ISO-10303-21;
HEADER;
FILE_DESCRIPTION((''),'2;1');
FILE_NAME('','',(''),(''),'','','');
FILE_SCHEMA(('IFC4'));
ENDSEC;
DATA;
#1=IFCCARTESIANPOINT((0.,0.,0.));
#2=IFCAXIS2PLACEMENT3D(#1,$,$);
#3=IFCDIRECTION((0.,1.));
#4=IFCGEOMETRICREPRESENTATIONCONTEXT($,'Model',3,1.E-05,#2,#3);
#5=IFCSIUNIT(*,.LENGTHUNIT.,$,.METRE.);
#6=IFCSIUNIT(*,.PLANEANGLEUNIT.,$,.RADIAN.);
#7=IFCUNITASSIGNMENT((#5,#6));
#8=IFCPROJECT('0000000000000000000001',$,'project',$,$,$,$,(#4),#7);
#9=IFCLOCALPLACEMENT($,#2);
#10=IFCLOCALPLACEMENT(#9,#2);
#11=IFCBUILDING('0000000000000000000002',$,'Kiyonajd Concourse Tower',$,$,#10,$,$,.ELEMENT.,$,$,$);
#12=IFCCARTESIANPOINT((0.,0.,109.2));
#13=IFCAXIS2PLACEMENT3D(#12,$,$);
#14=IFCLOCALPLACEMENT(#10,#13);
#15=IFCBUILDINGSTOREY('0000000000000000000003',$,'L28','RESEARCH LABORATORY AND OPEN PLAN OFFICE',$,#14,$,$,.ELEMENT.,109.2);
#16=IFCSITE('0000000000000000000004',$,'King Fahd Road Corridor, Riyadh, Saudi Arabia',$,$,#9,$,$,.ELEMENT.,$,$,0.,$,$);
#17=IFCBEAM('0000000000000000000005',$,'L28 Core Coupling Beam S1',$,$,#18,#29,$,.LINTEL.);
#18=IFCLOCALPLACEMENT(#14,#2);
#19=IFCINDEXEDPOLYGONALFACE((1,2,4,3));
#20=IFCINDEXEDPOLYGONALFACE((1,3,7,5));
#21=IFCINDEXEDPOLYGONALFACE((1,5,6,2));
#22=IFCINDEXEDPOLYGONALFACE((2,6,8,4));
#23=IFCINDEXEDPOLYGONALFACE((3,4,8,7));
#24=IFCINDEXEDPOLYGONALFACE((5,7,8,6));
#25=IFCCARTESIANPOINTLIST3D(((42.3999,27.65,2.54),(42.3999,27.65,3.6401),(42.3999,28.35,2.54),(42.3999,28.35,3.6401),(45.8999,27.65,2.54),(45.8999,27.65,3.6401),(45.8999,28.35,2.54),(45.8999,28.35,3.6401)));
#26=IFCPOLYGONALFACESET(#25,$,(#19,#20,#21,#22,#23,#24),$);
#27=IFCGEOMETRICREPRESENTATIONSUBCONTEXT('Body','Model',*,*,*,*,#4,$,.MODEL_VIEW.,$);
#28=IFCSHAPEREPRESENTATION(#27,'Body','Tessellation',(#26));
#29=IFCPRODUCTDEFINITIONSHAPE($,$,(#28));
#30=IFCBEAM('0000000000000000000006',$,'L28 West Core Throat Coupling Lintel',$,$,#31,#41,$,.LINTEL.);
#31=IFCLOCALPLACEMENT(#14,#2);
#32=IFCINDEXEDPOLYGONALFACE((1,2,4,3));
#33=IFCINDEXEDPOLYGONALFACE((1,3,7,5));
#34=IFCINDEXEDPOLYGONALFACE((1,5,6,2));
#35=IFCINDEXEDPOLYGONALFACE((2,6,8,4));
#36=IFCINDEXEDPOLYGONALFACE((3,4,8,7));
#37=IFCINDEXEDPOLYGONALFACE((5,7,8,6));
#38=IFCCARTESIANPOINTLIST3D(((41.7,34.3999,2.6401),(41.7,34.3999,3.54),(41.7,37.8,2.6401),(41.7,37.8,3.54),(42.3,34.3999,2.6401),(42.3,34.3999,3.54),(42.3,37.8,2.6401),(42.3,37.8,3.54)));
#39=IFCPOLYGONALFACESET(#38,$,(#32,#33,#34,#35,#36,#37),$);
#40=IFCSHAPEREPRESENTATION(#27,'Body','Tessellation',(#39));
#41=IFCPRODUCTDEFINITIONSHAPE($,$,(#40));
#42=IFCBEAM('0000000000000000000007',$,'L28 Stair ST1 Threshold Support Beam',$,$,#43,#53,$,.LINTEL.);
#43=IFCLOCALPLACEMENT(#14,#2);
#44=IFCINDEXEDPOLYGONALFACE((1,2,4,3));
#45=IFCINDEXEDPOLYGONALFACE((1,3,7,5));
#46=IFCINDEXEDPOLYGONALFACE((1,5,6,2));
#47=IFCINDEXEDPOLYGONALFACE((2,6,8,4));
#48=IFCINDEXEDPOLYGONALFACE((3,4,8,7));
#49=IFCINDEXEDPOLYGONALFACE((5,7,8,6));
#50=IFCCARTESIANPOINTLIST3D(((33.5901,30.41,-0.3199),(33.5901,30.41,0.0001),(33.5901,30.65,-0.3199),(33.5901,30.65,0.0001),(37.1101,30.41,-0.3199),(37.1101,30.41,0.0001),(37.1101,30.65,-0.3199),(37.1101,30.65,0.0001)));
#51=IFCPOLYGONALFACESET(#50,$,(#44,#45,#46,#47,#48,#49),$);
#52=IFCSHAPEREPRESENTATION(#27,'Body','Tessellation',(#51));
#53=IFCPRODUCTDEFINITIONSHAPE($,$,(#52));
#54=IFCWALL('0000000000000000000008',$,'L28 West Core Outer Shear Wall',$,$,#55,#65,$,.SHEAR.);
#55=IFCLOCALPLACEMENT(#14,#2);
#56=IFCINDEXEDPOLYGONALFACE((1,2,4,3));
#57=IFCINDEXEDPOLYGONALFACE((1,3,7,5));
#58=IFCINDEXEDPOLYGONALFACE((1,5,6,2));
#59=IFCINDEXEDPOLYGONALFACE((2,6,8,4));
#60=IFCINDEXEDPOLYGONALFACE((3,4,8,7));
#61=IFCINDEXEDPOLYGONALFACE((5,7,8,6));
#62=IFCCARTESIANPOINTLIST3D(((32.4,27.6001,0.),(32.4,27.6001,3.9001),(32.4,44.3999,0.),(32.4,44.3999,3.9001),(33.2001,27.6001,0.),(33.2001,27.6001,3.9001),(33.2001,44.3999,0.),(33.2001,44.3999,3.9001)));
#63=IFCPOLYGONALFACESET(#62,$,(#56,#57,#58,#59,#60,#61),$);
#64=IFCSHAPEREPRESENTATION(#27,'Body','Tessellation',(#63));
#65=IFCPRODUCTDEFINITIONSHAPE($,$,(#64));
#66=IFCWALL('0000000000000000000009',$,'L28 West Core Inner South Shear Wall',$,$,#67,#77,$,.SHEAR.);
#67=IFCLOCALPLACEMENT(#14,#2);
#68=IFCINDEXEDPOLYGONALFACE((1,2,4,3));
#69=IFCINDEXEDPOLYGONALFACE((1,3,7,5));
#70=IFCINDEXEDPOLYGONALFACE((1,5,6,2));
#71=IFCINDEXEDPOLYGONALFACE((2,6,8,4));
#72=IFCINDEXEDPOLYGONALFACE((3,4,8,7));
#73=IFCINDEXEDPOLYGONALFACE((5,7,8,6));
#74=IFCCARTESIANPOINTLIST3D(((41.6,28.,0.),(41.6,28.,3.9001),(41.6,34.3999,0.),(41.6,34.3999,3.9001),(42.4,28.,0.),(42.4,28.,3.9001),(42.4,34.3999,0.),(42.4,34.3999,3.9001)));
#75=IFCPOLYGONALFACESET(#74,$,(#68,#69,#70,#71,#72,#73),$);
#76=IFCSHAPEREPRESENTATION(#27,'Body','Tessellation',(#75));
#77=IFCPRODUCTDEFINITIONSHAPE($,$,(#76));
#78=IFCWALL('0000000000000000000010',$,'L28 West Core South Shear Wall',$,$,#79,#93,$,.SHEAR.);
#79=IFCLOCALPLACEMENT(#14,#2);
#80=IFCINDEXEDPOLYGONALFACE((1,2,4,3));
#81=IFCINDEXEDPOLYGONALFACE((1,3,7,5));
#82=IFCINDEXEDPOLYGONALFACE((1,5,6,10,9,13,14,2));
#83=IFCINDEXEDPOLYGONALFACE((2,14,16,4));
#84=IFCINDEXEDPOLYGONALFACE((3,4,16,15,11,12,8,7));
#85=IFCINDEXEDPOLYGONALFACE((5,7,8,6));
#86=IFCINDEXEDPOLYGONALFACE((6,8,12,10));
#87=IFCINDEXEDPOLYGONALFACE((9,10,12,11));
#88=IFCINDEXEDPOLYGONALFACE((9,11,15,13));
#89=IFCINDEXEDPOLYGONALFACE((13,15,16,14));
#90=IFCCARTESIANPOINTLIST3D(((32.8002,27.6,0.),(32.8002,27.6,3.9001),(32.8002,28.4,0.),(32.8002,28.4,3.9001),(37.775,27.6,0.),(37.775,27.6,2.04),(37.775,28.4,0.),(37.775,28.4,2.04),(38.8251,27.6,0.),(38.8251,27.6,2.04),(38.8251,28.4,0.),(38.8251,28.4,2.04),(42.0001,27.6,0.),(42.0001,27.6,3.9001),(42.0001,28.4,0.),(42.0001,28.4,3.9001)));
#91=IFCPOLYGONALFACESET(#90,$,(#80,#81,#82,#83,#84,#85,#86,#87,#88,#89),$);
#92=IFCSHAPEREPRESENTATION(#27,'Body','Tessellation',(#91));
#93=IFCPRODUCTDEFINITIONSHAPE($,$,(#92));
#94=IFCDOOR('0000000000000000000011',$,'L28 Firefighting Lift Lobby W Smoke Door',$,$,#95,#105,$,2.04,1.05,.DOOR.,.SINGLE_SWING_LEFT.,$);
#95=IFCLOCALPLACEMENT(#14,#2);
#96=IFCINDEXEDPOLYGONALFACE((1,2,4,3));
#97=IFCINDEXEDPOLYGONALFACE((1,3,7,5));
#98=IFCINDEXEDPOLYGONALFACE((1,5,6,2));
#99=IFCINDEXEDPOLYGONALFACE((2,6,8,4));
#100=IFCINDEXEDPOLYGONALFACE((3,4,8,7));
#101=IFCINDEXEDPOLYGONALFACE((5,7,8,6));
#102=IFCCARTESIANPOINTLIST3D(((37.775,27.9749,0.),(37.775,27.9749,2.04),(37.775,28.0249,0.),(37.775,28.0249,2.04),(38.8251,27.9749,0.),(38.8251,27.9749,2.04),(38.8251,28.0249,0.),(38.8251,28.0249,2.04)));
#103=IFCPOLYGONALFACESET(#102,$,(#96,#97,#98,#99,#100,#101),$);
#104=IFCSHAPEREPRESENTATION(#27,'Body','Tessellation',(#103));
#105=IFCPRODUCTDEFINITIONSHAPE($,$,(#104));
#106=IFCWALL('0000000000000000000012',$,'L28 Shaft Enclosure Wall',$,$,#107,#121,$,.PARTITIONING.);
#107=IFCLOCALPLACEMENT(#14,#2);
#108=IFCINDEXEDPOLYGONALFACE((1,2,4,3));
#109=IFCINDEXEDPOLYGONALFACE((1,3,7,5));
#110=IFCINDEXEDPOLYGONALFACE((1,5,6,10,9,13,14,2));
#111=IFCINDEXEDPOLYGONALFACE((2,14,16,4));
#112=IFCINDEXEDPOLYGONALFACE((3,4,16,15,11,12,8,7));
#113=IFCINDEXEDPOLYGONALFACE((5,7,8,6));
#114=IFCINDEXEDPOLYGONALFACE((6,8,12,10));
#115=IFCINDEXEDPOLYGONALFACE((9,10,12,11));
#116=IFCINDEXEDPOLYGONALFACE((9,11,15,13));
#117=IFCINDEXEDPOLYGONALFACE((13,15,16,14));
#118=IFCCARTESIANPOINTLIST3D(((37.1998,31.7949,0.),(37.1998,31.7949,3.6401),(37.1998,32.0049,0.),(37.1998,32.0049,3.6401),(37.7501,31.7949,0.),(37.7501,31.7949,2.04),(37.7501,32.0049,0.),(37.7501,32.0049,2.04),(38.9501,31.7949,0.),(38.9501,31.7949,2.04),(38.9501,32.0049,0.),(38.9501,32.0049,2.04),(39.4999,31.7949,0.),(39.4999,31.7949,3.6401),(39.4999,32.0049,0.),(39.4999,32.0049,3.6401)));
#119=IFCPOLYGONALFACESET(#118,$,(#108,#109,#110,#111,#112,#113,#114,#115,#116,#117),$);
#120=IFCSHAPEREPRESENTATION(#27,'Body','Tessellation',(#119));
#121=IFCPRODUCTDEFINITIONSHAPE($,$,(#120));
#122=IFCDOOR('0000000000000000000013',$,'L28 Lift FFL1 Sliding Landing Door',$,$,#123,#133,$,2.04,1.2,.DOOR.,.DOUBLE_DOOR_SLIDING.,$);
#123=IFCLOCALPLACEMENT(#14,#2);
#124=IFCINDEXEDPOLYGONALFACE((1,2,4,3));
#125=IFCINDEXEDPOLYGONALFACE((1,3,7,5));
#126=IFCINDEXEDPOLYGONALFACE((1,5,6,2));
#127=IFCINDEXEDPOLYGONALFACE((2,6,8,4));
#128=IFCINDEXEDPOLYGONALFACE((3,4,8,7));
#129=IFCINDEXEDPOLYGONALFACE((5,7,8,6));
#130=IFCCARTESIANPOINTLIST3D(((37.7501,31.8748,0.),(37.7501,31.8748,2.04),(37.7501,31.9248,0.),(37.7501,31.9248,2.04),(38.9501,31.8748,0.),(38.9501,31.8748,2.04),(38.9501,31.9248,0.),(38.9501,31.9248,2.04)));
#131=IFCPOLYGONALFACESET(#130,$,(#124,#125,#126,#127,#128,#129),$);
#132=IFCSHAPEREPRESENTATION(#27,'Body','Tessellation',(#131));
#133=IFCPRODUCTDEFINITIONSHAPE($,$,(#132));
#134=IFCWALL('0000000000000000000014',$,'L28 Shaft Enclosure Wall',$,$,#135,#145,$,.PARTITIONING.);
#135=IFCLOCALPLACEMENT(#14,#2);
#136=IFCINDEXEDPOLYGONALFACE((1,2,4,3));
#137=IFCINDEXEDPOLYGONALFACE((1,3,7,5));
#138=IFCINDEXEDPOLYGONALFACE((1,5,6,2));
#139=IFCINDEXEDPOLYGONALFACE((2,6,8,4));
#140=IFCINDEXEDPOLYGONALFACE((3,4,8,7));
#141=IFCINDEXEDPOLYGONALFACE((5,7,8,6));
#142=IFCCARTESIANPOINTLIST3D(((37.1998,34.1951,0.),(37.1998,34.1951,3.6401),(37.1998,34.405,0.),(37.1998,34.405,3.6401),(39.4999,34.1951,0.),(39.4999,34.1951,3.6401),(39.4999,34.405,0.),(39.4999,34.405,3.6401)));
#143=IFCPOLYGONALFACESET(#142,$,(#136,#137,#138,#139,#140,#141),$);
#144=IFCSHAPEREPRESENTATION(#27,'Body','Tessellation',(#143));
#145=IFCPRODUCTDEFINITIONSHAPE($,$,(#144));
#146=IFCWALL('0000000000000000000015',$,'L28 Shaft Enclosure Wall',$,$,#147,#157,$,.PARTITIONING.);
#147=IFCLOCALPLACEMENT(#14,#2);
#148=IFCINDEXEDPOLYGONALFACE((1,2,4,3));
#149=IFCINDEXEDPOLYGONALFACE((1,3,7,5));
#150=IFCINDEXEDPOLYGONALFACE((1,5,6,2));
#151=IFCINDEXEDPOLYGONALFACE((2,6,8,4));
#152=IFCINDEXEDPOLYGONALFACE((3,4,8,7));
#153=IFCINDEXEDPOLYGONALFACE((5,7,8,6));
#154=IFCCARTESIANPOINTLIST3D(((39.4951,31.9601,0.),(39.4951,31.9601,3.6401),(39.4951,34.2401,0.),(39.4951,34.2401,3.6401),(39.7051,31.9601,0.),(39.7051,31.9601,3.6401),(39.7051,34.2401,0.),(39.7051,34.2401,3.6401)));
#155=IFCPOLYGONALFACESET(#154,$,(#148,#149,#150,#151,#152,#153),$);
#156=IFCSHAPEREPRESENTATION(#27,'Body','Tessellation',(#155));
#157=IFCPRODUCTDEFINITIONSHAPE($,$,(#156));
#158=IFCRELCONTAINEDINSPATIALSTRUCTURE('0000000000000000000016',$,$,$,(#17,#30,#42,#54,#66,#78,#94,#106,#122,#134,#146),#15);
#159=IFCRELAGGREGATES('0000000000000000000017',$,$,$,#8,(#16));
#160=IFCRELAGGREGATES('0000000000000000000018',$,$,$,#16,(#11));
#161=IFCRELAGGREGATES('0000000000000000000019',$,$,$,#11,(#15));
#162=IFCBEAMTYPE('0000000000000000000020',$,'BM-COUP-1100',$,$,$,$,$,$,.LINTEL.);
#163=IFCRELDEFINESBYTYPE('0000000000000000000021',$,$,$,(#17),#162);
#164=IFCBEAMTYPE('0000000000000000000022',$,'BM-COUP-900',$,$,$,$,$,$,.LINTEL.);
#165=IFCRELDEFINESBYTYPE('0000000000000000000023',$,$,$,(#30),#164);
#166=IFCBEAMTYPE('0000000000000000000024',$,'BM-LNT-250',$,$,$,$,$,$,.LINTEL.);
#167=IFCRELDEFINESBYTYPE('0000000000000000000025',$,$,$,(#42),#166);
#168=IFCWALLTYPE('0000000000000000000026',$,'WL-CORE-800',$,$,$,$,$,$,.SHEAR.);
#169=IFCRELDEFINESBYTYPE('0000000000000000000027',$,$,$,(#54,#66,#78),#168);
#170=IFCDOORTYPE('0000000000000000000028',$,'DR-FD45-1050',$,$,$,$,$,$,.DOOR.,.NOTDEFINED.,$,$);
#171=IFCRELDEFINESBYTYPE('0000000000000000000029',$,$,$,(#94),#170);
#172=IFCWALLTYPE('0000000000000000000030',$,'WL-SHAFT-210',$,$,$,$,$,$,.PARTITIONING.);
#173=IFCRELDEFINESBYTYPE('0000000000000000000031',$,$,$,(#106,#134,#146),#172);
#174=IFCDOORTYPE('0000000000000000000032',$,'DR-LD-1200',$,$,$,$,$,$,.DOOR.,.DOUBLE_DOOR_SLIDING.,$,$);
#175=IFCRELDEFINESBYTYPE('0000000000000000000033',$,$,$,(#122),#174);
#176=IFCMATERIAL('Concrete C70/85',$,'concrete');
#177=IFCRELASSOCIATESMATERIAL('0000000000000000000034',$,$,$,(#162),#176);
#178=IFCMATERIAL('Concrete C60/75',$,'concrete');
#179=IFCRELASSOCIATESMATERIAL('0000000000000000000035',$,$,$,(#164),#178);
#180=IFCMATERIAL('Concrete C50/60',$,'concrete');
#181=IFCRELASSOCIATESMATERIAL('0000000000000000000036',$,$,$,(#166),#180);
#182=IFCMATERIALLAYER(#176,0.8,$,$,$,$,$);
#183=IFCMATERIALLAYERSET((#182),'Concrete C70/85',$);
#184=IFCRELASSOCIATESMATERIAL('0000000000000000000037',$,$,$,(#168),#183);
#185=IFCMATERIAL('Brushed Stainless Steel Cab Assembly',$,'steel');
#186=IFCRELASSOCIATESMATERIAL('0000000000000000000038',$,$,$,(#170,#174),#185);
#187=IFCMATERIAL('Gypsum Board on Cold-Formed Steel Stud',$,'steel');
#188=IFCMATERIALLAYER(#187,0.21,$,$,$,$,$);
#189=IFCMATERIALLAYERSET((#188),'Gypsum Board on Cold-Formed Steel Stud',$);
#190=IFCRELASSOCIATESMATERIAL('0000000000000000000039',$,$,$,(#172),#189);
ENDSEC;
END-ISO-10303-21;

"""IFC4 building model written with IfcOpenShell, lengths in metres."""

from ifc_helpers import new_model, si_unit, direction, frame, frame_2d, origin, origin_2d, place, context, subcontext, project, spatial, rectangle, extrude, material, layer, layer_set, material_profile, profile_set, type_object, element, fill, save


model = new_model("IFC4")

# Units and contexts
model_context = context("Model", 3, precision=1e-05, world=origin(), true_north=direction((0.0, 1.0)))
body_context = subcontext(model_context, "Body", "Model", "MODEL_VIEW")
ifc_project = project(units=[si_unit("LENGTHUNIT", "METRE"), si_unit("PLANEANGLEUNIT", "RADIAN")], contexts=[model_context])

# Site, building, storey
site_placement = place(None, origin())
site = spatial("IfcSite", under=ifc_project, at=site_placement, Name="King Fahd Road Corridor, Riyadh, Saudi Arabia", CompositionType="ELEMENT", RefElevation=0.0)
building_placement = place(site_placement, origin())
building = spatial("IfcBuilding", under=site, at=building_placement, Name="Kiyonajd Concourse Tower", CompositionType="ELEMENT")
storey_placement = place(building_placement, frame((0.0, 0.0, 109.2)))
storey = spatial("IfcBuildingStorey", under=building, at=storey_placement, Name="L28", Description="RESEARCH LABORATORY AND OPEN PLAN OFFICE", CompositionType="ELEMENT", Elevation=109.2)

# Beams
ifc_material_1 = material(Name="Concrete C70/85", Category="concrete")
ifc_material_profile_1 = material_profile(ifc_material_1, rectangle(XDim=0.7, YDim=1.1001, at=origin_2d()), Name="RCBM-700x1100")
ifc_profile_set_1 = profile_set([ifc_material_profile_1], Name="Concrete C70/85")
beam_type_1 = type_object("IfcBeamType", Name="BM-COUP-1100", PredefinedType="LINTEL", material=ifc_profile_set_1)
beam_1_placement = place(storey_placement, frame((42.3999, 28.0, 3.0901), z_axis=(1.0, 0.0, 0.0), x_axis=(0.0, 1.0, 0.0)))
element("IfcBeam", 1, at=beam_1_placement, inside=storey, type_object=beam_type_1, Name="L28 Core Coupling Beam S1", PredefinedType="LINTEL", context=body_context, shape_type="SweptSolid", body=[
    extrude(rectangle(XDim=0.7, YDim=1.1001, at=origin_2d()), origin(), (0.0, 0.0, 1.0), 3.5),
])
ifc_material_2 = material(Name="Concrete C60/75", Category="concrete")
ifc_material_profile_2 = material_profile(ifc_material_2, rectangle(XDim=0.6001, YDim=0.8999, at=origin_2d()), Name="RCBM-600x900")
ifc_profile_set_2 = profile_set([ifc_material_profile_2], Name="Concrete C60/75")
beam_type_2 = type_object("IfcBeamType", Name="BM-COUP-900", PredefinedType="LINTEL", material=ifc_profile_set_2)
beam_2_placement = place(storey_placement, frame((42.0, 34.3999, 3.0901), z_axis=(0.0, 1.0, 0.0), x_axis=(-1.0, 0.0, 0.0)))
element("IfcBeam", 2, at=beam_2_placement, inside=storey, type_object=beam_type_2, Name="L28 West Core Throat Coupling Lintel", PredefinedType="LINTEL", context=body_context, shape_type="SweptSolid", body=[
    extrude(rectangle(XDim=0.6001, YDim=0.8999, at=origin_2d()), origin(), (0.0, 0.0, 1.0), 3.4001),
])
ifc_material_3 = material(Name="Concrete C50/60", Category="concrete")
ifc_material_profile_3 = material_profile(ifc_material_3, rectangle(XDim=0.24, YDim=0.3201, at=origin_2d()), Name="RCBM-240x320")
ifc_profile_set_3 = profile_set([ifc_material_profile_3], Name="Concrete C50/60")
beam_type_3 = type_object("IfcBeamType", Name="BM-LNT-250", PredefinedType="LINTEL", material=ifc_profile_set_3)
beam_3_placement = place(storey_placement, frame((33.5901, 30.53, -0.1599), z_axis=(1.0, 0.0, 0.0), x_axis=(0.0, 1.0, 0.0)))
element("IfcBeam", 3, at=beam_3_placement, inside=storey, type_object=beam_type_3, Name="L28 Stair ST1 Threshold Support Beam", PredefinedType="LINTEL", context=body_context, shape_type="SweptSolid", body=[
    extrude(rectangle(XDim=0.24, YDim=0.3201, at=origin_2d()), origin(), (0.0, 0.0, 1.0), 3.52),
])

# Walls
ifc_layer_1 = layer(ifc_material_1, 0.8)
ifc_layer_set_1 = layer_set([ifc_layer_1], Name="Concrete C70/85")
wall_type_1 = type_object("IfcWallType", Name="WL-CORE-800", PredefinedType="SHEAR", material=ifc_layer_set_1)
wall_1_placement = place(storey_placement, frame((32.8, 27.6001, 0.0), z_axis=(0.0, 0.0, 1.0), x_axis=(0.0, 1.0, 0.0)))
element("IfcWall", 4, at=wall_1_placement, inside=storey, type_object=wall_type_1, Name="L28 West Core Outer Shear Wall", PredefinedType="SHEAR", context=body_context, shape_type="SweptSolid", body=[
    extrude(rectangle(XDim=16.7998, YDim=0.8, at=frame_2d((8.3999, 0.0))), origin(), (0.0, 0.0, 1.0), 3.9001),
])
wall_2_placement = place(storey_placement, frame((42.0, 28.0, 0.0), z_axis=(0.0, 0.0, 1.0), x_axis=(0.0, 1.0, 0.0)))
element("IfcWall", 5, at=wall_2_placement, inside=storey, type_object=wall_type_1, Name="L28 West Core Inner South Shear Wall", PredefinedType="SHEAR", context=body_context, shape_type="SweptSolid", body=[
    extrude(rectangle(XDim=6.3999, YDim=0.8, at=frame_2d((3.2, 0.0))), origin(), (0.0, 0.0, 1.0), 3.9001),
])

# Walls, openings, doors
wall_3_placement = place(storey_placement, frame((32.8, 28.0, 0.0), z_axis=(0.0, 0.0, 1.0), x_axis=(1.0, 0.0, 0.0)))
wall_3 = element("IfcWall", 6, at=wall_3_placement, inside=storey, type_object=wall_type_1, Name="L28 West Core South Shear Wall", PredefinedType="SHEAR", context=body_context, shape_type="SweptSolid", body=[
    extrude(rectangle(XDim=9.2, YDim=0.8, at=frame_2d((4.6001, 0.0))), origin(), (0.0, 0.0, 1.0), 3.9001),
])
opening_1_placement = place(wall_3_placement, frame((4.9751, 0.0, 0.0)))
opening_1 = element("IfcOpeningElement", 7, at=opening_1_placement, cuts=wall_3, PredefinedType="OPENING", context=body_context, shape_type="SweptSolid", body=[
    extrude(rectangle(XDim=1.05, YDim=2.04, at=frame_2d((0.5249, 1.02))), frame((0.0, 0.4099, 0.0), z_axis=(0.0, -1.0, 0.0), x_axis=(1.0, 0.0, 0.0)), (0.0, 0.0, 1.0), 0.8201),
])
ifc_material_4 = material(Name="Brushed Stainless Steel Cab Assembly", Category="steel")
door_type_1 = type_object("IfcDoorType", Name="DR-FD45-1050", OperationType="NOTDEFINED", PredefinedType="DOOR", material=ifc_material_4)
door_1_placement = place(opening_1_placement, origin())
door_1 = element("IfcDoor", 8, at=door_1_placement, inside=storey, type_object=door_type_1, Name="L28 Firefighting Lift Lobby W Smoke Door", OperationType="SINGLE_SWING_LEFT", OverallHeight=2.04, OverallWidth=1.05, PredefinedType="DOOR", context=body_context, shape_type="SweptSolid", body=[
    extrude(rectangle(XDim=1.05, YDim=2.04, at=frame_2d((0.5249, 1.02))), frame((0.0, 0.0249, 0.0), z_axis=(0.0, -1.0, 0.0), x_axis=(1.0, 0.0, 0.0)), (0.0, 0.0, 1.0), 0.05),
])
fill(opening_1, door_1)
ifc_material_5 = material(Name="Gypsum Board on Cold-Formed Steel Stud", Category="steel")
ifc_layer_2 = layer(ifc_material_5, 0.21)
ifc_layer_set_2 = layer_set([ifc_layer_2], Name="Gypsum Board on Cold-Formed Steel Stud")
wall_type_2 = type_object("IfcWallType", Name="WL-SHAFT-210", PredefinedType="PARTITIONING", material=ifc_layer_set_2)
wall_4_placement = place(storey_placement, frame((37.2, 31.8999, 0.0), z_axis=(0.0, 0.0, 1.0), x_axis=(1.0, 0.0, 0.0)))
wall_4 = element("IfcWall", 9, at=wall_4_placement, inside=storey, type_object=wall_type_2, Name="L28 Shaft Enclosure Wall", PredefinedType="PARTITIONING", context=body_context, shape_type="SweptSolid", body=[
    extrude(rectangle(XDim=2.3, YDim=0.21, at=frame_2d((1.1499, 0.0))), origin(), (0.0, 0.0, 1.0), 3.6401),
])
opening_2_placement = place(wall_4_placement, frame((0.55, 0.0, 0.0)))
opening_2 = element("IfcOpeningElement", 10, at=opening_2_placement, cuts=wall_4, PredefinedType="OPENING", context=body_context, shape_type="SweptSolid", body=[
    extrude(rectangle(XDim=1.2, YDim=2.04, at=frame_2d((0.6001, 1.02))), frame((0.0, 0.115, 0.0), z_axis=(0.0, -1.0, 0.0), x_axis=(1.0, 0.0, 0.0)), (0.0, 0.0, 1.0), 0.23),
])
door_type_2 = type_object("IfcDoorType", Name="DR-LD-1200", OperationType="DOUBLE_DOOR_SLIDING", PredefinedType="DOOR", material=ifc_material_4)
door_2_placement = place(opening_2_placement, origin())
door_2 = element("IfcDoor", 11, at=door_2_placement, inside=storey, type_object=door_type_2, Name="L28 Lift FFL1 Sliding Landing Door", OperationType="DOUBLE_DOOR_SLIDING", OverallHeight=2.04, OverallWidth=1.2, PredefinedType="DOOR", context=body_context, shape_type="SweptSolid", body=[
    extrude(rectangle(XDim=1.2, YDim=2.04, at=frame_2d((0.6001, 1.02))), frame((0.0, 0.0249, 0.0), z_axis=(0.0, -1.0, 0.0), x_axis=(1.0, 0.0, 0.0)), (0.0, 0.0, 1.0), 0.05),
])
fill(opening_2, door_2)

# Walls
wall_5_placement = place(storey_placement, frame((37.2, 34.3, 0.0), z_axis=(0.0, 0.0, 1.0), x_axis=(1.0, 0.0, 0.0)))
element("IfcWall", 12, at=wall_5_placement, inside=storey, type_object=wall_type_2, Name="L28 Shaft Enclosure Wall", PredefinedType="PARTITIONING", context=body_context, shape_type="SweptSolid", body=[
    extrude(rectangle(XDim=2.3, YDim=0.21, at=frame_2d((1.1499, 0.0))), origin(), (0.0, 0.0, 1.0), 3.6401),
])
wall_6_placement = place(storey_placement, frame((39.6001, 31.96, 0.0), z_axis=(0.0, 0.0, 1.0), x_axis=(0.0, 1.0, 0.0)))
element("IfcWall", 13, at=wall_6_placement, inside=storey, type_object=wall_type_2, Name="L28 Shaft Enclosure Wall", PredefinedType="PARTITIONING", context=body_context, shape_type="SweptSolid", body=[
    extrude(rectangle(XDim=2.28, YDim=0.21, at=frame_2d((1.1401, 0.0))), origin(), (0.0, 0.0, 1.0), 3.6401),
])

save(model, "model.ifc")
